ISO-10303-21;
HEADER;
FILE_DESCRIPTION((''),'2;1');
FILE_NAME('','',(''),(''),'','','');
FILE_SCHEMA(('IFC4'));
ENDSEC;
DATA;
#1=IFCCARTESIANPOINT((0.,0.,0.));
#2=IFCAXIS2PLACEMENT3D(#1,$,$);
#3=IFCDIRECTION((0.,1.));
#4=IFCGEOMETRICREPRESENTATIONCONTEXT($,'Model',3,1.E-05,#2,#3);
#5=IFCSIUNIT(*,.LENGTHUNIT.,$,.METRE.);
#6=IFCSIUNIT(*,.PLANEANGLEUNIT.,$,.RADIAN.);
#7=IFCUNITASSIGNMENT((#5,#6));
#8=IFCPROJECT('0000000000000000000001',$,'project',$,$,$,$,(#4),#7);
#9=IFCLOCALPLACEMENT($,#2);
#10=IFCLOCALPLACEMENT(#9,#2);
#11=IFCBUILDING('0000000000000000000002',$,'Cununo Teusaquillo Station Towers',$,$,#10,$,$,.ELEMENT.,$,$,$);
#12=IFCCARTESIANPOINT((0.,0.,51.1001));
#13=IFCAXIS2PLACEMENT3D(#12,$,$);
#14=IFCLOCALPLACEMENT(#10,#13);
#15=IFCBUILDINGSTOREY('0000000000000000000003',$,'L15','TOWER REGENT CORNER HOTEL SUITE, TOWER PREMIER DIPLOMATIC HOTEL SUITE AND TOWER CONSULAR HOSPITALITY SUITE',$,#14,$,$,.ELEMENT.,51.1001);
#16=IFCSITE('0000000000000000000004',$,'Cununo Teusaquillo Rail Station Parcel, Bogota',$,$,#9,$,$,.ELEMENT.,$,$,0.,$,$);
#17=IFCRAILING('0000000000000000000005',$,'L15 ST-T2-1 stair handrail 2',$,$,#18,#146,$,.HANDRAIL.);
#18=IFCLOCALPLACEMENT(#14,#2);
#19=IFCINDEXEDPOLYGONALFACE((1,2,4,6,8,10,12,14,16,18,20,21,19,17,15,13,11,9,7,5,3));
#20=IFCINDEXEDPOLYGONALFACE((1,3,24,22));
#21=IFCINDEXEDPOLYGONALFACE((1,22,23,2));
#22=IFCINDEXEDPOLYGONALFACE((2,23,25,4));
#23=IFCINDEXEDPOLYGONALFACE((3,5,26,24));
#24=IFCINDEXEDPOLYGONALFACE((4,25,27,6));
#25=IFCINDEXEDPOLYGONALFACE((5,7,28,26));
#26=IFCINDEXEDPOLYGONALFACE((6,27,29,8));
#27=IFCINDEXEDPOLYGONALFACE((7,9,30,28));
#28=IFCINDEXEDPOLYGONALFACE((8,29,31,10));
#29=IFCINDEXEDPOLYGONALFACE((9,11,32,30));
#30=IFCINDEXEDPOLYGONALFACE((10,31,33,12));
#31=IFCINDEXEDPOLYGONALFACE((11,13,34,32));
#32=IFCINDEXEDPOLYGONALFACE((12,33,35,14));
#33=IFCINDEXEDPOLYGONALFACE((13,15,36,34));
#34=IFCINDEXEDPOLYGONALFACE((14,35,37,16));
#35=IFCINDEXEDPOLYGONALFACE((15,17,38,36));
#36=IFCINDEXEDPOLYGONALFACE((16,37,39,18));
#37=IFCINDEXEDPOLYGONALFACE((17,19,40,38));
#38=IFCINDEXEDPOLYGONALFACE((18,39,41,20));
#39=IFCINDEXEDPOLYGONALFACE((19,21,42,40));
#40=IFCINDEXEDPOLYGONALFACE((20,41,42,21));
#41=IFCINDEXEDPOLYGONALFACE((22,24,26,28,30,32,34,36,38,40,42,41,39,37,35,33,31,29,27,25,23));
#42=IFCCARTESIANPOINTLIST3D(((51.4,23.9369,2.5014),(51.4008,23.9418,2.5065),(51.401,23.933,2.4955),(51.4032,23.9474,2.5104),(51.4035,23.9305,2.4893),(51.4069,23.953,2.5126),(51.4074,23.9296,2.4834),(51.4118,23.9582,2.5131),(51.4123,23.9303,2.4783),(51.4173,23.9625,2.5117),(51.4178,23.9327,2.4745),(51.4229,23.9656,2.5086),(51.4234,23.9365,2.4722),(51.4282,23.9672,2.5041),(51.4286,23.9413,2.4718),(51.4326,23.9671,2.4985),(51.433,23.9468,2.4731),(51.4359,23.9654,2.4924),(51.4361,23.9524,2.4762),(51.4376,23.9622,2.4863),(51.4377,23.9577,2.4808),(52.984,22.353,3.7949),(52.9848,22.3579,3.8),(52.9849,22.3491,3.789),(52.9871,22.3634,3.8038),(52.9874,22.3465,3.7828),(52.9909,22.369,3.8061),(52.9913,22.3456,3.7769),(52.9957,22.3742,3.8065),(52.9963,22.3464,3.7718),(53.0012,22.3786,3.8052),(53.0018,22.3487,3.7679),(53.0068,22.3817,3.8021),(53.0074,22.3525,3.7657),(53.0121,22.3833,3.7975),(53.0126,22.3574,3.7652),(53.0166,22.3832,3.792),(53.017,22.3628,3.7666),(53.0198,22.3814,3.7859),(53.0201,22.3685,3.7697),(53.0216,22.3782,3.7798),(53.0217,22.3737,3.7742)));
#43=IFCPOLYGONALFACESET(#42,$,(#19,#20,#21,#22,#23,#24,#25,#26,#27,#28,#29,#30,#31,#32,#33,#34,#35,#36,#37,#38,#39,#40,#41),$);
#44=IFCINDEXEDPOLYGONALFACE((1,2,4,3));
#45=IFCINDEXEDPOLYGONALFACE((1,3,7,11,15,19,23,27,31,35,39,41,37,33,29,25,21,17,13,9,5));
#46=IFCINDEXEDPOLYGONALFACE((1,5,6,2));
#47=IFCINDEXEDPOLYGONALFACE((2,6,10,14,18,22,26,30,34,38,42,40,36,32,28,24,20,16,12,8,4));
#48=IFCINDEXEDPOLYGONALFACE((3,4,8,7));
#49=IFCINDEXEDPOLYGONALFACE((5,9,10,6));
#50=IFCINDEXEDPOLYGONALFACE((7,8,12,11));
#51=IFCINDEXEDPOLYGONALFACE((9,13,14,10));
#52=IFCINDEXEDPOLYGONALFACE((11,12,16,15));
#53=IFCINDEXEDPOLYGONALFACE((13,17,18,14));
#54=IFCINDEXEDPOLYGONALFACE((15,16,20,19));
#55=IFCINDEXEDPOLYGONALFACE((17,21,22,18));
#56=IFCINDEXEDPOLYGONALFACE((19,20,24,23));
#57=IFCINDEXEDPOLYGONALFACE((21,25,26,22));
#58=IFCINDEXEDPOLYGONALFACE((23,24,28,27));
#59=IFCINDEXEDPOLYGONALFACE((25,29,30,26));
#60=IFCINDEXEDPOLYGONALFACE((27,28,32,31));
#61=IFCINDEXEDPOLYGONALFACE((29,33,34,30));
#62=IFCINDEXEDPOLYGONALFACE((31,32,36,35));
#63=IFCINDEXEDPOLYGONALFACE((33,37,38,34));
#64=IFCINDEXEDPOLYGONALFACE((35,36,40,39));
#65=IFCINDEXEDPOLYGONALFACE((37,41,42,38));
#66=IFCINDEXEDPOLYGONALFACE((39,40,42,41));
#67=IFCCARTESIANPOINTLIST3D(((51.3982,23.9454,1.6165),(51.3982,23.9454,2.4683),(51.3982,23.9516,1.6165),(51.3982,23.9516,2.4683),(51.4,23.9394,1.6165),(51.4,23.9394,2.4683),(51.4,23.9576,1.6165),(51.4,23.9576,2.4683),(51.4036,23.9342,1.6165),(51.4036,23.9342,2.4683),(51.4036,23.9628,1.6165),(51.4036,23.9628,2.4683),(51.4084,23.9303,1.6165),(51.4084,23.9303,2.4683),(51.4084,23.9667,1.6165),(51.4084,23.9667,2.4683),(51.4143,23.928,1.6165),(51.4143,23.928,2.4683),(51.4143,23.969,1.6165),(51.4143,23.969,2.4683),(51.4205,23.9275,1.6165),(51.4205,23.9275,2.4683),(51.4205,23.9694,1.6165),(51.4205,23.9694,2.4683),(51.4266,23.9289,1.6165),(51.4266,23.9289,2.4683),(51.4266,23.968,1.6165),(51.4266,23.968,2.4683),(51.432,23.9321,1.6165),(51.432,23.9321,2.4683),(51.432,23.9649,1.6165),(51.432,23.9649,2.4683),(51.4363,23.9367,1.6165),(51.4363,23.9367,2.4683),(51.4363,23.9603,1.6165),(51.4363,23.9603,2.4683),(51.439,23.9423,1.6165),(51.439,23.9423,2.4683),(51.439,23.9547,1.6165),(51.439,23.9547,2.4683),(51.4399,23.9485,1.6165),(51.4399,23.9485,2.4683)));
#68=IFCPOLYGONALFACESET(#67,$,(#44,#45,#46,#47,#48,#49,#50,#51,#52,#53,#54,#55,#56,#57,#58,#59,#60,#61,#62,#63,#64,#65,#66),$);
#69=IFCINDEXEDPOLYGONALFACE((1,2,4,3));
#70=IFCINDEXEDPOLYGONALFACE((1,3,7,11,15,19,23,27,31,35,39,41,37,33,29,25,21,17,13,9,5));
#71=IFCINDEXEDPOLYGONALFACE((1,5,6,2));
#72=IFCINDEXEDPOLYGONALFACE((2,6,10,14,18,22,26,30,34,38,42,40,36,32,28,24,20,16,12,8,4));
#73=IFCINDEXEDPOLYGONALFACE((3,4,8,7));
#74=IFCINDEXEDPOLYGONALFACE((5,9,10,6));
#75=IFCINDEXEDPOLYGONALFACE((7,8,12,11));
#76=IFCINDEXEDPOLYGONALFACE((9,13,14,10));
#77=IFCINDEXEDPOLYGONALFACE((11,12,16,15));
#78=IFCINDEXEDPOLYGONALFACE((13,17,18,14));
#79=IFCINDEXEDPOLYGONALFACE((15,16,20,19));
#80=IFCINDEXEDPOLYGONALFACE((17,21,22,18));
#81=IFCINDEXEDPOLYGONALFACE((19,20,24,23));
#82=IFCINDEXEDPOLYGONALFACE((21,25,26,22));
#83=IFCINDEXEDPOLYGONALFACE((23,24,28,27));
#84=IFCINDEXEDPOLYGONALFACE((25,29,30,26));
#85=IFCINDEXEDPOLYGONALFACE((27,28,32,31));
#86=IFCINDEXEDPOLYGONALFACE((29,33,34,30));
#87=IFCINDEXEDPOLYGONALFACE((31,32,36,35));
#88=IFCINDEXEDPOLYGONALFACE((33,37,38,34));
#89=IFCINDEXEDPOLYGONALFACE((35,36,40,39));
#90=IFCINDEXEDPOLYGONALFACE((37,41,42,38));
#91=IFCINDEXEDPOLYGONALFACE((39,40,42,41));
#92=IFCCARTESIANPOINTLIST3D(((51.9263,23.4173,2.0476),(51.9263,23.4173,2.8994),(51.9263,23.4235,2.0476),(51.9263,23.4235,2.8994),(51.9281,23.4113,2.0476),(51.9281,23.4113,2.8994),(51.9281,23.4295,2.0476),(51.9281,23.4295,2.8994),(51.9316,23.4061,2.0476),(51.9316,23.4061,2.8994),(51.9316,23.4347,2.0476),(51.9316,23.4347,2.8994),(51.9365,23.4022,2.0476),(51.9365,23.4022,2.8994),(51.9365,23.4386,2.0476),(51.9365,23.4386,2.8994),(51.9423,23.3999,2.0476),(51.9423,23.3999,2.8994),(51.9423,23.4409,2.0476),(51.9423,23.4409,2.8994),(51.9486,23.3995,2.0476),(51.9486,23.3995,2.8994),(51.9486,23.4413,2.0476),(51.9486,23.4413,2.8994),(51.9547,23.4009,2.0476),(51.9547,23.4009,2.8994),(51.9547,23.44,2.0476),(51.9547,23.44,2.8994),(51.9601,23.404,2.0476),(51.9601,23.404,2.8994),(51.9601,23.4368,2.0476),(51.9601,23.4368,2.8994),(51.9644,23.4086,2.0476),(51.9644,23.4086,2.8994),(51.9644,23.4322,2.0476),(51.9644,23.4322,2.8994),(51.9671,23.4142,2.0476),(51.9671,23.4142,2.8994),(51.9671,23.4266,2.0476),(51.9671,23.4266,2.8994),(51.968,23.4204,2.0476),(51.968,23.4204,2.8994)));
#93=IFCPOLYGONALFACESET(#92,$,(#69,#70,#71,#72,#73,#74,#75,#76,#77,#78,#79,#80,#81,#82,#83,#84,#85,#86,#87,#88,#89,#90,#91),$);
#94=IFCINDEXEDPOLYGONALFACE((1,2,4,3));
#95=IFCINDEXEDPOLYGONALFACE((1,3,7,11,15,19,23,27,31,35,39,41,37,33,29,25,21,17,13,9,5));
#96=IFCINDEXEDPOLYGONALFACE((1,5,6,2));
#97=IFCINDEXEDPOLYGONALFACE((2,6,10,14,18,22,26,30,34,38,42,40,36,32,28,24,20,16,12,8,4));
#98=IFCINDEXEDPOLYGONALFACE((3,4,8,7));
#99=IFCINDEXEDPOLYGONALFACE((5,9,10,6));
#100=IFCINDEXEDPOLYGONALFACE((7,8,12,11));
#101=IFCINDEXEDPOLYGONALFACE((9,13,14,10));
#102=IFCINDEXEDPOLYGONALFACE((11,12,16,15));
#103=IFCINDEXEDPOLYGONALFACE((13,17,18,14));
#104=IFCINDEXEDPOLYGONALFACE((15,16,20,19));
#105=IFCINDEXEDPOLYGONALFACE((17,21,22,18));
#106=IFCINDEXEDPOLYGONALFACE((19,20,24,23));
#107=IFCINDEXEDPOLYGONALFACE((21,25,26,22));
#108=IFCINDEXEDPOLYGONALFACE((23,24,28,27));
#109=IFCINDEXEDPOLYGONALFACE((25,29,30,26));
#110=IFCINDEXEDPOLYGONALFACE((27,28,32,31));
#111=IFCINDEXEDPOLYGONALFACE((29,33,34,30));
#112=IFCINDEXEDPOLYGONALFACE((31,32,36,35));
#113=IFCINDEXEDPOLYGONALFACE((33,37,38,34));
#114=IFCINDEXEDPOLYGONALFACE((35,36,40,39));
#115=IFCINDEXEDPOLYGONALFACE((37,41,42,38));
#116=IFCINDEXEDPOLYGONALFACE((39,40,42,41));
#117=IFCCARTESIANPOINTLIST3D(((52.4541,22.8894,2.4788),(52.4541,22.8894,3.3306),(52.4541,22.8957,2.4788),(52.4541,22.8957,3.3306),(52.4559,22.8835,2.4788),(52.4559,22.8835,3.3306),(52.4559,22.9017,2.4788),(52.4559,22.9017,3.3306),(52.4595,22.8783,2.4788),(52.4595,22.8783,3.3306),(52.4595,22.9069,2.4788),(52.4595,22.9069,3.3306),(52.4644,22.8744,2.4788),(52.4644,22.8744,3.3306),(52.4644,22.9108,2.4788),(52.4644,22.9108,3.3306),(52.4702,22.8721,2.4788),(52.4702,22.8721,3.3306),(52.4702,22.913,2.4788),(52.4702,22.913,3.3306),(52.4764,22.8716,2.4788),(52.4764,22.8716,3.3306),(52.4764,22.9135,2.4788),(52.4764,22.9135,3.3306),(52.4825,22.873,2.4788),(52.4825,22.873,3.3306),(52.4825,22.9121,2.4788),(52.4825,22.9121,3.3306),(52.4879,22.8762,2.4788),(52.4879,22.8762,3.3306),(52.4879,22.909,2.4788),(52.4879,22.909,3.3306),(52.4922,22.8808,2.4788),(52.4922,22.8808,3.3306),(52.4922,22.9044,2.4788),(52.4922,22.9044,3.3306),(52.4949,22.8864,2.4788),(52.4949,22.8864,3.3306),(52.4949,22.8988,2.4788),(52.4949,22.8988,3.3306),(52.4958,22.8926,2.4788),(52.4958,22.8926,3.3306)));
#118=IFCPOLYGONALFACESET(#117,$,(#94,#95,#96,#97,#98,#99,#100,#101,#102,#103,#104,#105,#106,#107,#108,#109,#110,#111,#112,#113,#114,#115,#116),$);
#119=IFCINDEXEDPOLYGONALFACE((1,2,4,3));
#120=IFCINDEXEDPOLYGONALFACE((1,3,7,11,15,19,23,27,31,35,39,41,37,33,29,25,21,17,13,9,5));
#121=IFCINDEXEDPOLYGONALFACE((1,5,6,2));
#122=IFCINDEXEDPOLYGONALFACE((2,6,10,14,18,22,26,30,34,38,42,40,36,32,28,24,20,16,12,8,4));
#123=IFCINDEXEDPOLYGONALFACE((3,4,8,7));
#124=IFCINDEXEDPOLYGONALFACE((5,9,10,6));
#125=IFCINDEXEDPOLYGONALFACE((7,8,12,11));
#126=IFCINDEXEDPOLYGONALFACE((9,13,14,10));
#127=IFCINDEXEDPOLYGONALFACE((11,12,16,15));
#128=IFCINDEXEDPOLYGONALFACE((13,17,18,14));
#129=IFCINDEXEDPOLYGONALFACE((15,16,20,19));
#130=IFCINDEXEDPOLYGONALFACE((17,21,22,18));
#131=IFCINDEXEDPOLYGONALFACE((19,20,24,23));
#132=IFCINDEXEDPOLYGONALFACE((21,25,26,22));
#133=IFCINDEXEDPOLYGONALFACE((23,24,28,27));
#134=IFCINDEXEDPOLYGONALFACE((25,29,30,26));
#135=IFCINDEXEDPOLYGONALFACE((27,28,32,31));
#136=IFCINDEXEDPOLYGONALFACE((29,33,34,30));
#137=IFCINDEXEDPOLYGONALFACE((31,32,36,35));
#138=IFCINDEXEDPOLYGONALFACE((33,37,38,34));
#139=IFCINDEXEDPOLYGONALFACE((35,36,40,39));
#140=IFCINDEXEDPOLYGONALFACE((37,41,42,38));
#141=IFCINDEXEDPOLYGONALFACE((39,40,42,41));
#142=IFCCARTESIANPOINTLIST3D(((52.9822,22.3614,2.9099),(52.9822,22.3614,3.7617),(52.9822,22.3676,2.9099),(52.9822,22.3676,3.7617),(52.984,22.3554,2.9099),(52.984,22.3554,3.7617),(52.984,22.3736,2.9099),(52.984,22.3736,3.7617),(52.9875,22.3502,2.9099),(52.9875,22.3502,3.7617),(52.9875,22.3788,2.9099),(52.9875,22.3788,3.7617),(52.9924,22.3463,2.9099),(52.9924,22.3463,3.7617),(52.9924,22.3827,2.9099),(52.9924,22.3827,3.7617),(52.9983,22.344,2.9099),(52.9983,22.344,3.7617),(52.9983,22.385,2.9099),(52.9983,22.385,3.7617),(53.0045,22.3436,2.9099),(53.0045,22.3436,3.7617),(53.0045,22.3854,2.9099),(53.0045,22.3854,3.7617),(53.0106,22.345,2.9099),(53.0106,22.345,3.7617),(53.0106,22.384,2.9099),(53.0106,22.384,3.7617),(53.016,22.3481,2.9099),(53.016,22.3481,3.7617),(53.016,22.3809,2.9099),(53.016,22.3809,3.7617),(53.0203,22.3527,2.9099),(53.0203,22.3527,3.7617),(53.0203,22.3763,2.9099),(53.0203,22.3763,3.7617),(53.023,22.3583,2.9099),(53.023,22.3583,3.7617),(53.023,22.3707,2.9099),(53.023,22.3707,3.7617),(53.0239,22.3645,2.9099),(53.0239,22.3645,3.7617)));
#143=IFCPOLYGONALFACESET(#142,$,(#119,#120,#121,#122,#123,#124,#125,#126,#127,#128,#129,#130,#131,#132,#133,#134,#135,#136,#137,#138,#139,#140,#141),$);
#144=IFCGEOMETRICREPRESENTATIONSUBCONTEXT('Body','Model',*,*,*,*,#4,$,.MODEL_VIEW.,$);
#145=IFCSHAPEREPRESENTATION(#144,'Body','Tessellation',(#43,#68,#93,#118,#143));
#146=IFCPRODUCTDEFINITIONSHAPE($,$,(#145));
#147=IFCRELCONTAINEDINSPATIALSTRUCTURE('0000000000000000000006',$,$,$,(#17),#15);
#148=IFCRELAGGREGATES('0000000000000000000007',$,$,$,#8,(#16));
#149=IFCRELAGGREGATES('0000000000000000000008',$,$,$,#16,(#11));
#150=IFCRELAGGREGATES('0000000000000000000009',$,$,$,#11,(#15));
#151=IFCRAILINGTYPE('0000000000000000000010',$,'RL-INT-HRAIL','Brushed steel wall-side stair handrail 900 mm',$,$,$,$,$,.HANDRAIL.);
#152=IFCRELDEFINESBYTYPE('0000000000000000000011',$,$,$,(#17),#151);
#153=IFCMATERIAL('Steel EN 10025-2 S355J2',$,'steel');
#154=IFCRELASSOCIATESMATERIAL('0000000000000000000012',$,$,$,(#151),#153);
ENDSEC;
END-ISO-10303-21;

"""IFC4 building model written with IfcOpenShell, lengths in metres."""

from ifc_helpers import new_model, si_unit, direction, frame, origin, origin_2d, place, context, subcontext, project, spatial, circle, extrude, material, type_object, element, save


model = new_model("IFC4")

# Units and contexts
model_context = context("Model", 3, precision=1e-05, world=origin(), true_north=direction((0.0, 1.0)))
body_context = subcontext(model_context, "Body", "Model", "MODEL_VIEW")
ifc_project = project(units=[si_unit("LENGTHUNIT", "METRE"), si_unit("PLANEANGLEUNIT", "RADIAN")], contexts=[model_context])

# Site, building, storey
site_placement = place(None, origin())
site = spatial("IfcSite", under=ifc_project, at=site_placement, Name="Cununo Teusaquillo Rail Station Parcel, Bogota", CompositionType="ELEMENT", RefElevation=0.0)
building_placement = place(site_placement, origin())
building = spatial("IfcBuilding", under=site, at=building_placement, Name="Cununo Teusaquillo Station Towers", CompositionType="ELEMENT")
storey_placement = place(building_placement, frame((0.0, 0.0, 51.1001)))
storey = spatial("IfcBuildingStorey", under=building, at=storey_placement, Name="L15", Description="TOWER REGENT CORNER HOTEL SUITE, TOWER PREMIER DIPLOMATIC HOTEL SUITE AND TOWER CONSULAR HOSPITALITY SUITE", CompositionType="ELEMENT", Elevation=51.1001)

# Railing
ifc_material_1 = material(Name="Steel EN 10025-2 S355J2", Category="steel")
railing_type = type_object("IfcRailingType", Name="RL-INT-HRAIL", Description="Brushed steel wall-side stair handrail 900 mm", PredefinedType="HANDRAIL", material=ifc_material_1)
railing_placement = place(storey_placement, frame((51.4189, 23.9485, 1.6165)))
element("IfcRailing", 1, at=railing_placement, inside=storey, type_object=railing_type, Name="L15 ST-T2-1 stair handrail 2", PredefinedType="HANDRAIL", context=body_context, shape_type="SweptSolid", body=[
    extrude(circle(Radius=0.0239, at=origin_2d()), frame((0.0, 0.0, 0.876), z_axis=(0.612356, -0.612356, 0.50004), x_axis=(0.707107, 0.707107, 0.0)), (0.0, 0.0, 1.0), 2.5867),
    extrude(circle(Radius=0.021, at=origin_2d()), origin(), (0.0, 0.0, 1.0), 0.8518),
    extrude(circle(Radius=0.021, at=origin_2d()), frame((0.5281, -0.5281, 0.4312)), (0.0, 0.0, 1.0), 0.8518),
    extrude(circle(Radius=0.021, at=origin_2d()), frame((1.0559, -1.0559, 0.8623)), (0.0, 0.0, 1.0), 0.8518),
    extrude(circle(Radius=0.021, at=origin_2d()), frame((1.584, -1.584, 1.2935)), (0.0, 0.0, 1.0), 0.8518),
])

save(model, "model.ifc")
